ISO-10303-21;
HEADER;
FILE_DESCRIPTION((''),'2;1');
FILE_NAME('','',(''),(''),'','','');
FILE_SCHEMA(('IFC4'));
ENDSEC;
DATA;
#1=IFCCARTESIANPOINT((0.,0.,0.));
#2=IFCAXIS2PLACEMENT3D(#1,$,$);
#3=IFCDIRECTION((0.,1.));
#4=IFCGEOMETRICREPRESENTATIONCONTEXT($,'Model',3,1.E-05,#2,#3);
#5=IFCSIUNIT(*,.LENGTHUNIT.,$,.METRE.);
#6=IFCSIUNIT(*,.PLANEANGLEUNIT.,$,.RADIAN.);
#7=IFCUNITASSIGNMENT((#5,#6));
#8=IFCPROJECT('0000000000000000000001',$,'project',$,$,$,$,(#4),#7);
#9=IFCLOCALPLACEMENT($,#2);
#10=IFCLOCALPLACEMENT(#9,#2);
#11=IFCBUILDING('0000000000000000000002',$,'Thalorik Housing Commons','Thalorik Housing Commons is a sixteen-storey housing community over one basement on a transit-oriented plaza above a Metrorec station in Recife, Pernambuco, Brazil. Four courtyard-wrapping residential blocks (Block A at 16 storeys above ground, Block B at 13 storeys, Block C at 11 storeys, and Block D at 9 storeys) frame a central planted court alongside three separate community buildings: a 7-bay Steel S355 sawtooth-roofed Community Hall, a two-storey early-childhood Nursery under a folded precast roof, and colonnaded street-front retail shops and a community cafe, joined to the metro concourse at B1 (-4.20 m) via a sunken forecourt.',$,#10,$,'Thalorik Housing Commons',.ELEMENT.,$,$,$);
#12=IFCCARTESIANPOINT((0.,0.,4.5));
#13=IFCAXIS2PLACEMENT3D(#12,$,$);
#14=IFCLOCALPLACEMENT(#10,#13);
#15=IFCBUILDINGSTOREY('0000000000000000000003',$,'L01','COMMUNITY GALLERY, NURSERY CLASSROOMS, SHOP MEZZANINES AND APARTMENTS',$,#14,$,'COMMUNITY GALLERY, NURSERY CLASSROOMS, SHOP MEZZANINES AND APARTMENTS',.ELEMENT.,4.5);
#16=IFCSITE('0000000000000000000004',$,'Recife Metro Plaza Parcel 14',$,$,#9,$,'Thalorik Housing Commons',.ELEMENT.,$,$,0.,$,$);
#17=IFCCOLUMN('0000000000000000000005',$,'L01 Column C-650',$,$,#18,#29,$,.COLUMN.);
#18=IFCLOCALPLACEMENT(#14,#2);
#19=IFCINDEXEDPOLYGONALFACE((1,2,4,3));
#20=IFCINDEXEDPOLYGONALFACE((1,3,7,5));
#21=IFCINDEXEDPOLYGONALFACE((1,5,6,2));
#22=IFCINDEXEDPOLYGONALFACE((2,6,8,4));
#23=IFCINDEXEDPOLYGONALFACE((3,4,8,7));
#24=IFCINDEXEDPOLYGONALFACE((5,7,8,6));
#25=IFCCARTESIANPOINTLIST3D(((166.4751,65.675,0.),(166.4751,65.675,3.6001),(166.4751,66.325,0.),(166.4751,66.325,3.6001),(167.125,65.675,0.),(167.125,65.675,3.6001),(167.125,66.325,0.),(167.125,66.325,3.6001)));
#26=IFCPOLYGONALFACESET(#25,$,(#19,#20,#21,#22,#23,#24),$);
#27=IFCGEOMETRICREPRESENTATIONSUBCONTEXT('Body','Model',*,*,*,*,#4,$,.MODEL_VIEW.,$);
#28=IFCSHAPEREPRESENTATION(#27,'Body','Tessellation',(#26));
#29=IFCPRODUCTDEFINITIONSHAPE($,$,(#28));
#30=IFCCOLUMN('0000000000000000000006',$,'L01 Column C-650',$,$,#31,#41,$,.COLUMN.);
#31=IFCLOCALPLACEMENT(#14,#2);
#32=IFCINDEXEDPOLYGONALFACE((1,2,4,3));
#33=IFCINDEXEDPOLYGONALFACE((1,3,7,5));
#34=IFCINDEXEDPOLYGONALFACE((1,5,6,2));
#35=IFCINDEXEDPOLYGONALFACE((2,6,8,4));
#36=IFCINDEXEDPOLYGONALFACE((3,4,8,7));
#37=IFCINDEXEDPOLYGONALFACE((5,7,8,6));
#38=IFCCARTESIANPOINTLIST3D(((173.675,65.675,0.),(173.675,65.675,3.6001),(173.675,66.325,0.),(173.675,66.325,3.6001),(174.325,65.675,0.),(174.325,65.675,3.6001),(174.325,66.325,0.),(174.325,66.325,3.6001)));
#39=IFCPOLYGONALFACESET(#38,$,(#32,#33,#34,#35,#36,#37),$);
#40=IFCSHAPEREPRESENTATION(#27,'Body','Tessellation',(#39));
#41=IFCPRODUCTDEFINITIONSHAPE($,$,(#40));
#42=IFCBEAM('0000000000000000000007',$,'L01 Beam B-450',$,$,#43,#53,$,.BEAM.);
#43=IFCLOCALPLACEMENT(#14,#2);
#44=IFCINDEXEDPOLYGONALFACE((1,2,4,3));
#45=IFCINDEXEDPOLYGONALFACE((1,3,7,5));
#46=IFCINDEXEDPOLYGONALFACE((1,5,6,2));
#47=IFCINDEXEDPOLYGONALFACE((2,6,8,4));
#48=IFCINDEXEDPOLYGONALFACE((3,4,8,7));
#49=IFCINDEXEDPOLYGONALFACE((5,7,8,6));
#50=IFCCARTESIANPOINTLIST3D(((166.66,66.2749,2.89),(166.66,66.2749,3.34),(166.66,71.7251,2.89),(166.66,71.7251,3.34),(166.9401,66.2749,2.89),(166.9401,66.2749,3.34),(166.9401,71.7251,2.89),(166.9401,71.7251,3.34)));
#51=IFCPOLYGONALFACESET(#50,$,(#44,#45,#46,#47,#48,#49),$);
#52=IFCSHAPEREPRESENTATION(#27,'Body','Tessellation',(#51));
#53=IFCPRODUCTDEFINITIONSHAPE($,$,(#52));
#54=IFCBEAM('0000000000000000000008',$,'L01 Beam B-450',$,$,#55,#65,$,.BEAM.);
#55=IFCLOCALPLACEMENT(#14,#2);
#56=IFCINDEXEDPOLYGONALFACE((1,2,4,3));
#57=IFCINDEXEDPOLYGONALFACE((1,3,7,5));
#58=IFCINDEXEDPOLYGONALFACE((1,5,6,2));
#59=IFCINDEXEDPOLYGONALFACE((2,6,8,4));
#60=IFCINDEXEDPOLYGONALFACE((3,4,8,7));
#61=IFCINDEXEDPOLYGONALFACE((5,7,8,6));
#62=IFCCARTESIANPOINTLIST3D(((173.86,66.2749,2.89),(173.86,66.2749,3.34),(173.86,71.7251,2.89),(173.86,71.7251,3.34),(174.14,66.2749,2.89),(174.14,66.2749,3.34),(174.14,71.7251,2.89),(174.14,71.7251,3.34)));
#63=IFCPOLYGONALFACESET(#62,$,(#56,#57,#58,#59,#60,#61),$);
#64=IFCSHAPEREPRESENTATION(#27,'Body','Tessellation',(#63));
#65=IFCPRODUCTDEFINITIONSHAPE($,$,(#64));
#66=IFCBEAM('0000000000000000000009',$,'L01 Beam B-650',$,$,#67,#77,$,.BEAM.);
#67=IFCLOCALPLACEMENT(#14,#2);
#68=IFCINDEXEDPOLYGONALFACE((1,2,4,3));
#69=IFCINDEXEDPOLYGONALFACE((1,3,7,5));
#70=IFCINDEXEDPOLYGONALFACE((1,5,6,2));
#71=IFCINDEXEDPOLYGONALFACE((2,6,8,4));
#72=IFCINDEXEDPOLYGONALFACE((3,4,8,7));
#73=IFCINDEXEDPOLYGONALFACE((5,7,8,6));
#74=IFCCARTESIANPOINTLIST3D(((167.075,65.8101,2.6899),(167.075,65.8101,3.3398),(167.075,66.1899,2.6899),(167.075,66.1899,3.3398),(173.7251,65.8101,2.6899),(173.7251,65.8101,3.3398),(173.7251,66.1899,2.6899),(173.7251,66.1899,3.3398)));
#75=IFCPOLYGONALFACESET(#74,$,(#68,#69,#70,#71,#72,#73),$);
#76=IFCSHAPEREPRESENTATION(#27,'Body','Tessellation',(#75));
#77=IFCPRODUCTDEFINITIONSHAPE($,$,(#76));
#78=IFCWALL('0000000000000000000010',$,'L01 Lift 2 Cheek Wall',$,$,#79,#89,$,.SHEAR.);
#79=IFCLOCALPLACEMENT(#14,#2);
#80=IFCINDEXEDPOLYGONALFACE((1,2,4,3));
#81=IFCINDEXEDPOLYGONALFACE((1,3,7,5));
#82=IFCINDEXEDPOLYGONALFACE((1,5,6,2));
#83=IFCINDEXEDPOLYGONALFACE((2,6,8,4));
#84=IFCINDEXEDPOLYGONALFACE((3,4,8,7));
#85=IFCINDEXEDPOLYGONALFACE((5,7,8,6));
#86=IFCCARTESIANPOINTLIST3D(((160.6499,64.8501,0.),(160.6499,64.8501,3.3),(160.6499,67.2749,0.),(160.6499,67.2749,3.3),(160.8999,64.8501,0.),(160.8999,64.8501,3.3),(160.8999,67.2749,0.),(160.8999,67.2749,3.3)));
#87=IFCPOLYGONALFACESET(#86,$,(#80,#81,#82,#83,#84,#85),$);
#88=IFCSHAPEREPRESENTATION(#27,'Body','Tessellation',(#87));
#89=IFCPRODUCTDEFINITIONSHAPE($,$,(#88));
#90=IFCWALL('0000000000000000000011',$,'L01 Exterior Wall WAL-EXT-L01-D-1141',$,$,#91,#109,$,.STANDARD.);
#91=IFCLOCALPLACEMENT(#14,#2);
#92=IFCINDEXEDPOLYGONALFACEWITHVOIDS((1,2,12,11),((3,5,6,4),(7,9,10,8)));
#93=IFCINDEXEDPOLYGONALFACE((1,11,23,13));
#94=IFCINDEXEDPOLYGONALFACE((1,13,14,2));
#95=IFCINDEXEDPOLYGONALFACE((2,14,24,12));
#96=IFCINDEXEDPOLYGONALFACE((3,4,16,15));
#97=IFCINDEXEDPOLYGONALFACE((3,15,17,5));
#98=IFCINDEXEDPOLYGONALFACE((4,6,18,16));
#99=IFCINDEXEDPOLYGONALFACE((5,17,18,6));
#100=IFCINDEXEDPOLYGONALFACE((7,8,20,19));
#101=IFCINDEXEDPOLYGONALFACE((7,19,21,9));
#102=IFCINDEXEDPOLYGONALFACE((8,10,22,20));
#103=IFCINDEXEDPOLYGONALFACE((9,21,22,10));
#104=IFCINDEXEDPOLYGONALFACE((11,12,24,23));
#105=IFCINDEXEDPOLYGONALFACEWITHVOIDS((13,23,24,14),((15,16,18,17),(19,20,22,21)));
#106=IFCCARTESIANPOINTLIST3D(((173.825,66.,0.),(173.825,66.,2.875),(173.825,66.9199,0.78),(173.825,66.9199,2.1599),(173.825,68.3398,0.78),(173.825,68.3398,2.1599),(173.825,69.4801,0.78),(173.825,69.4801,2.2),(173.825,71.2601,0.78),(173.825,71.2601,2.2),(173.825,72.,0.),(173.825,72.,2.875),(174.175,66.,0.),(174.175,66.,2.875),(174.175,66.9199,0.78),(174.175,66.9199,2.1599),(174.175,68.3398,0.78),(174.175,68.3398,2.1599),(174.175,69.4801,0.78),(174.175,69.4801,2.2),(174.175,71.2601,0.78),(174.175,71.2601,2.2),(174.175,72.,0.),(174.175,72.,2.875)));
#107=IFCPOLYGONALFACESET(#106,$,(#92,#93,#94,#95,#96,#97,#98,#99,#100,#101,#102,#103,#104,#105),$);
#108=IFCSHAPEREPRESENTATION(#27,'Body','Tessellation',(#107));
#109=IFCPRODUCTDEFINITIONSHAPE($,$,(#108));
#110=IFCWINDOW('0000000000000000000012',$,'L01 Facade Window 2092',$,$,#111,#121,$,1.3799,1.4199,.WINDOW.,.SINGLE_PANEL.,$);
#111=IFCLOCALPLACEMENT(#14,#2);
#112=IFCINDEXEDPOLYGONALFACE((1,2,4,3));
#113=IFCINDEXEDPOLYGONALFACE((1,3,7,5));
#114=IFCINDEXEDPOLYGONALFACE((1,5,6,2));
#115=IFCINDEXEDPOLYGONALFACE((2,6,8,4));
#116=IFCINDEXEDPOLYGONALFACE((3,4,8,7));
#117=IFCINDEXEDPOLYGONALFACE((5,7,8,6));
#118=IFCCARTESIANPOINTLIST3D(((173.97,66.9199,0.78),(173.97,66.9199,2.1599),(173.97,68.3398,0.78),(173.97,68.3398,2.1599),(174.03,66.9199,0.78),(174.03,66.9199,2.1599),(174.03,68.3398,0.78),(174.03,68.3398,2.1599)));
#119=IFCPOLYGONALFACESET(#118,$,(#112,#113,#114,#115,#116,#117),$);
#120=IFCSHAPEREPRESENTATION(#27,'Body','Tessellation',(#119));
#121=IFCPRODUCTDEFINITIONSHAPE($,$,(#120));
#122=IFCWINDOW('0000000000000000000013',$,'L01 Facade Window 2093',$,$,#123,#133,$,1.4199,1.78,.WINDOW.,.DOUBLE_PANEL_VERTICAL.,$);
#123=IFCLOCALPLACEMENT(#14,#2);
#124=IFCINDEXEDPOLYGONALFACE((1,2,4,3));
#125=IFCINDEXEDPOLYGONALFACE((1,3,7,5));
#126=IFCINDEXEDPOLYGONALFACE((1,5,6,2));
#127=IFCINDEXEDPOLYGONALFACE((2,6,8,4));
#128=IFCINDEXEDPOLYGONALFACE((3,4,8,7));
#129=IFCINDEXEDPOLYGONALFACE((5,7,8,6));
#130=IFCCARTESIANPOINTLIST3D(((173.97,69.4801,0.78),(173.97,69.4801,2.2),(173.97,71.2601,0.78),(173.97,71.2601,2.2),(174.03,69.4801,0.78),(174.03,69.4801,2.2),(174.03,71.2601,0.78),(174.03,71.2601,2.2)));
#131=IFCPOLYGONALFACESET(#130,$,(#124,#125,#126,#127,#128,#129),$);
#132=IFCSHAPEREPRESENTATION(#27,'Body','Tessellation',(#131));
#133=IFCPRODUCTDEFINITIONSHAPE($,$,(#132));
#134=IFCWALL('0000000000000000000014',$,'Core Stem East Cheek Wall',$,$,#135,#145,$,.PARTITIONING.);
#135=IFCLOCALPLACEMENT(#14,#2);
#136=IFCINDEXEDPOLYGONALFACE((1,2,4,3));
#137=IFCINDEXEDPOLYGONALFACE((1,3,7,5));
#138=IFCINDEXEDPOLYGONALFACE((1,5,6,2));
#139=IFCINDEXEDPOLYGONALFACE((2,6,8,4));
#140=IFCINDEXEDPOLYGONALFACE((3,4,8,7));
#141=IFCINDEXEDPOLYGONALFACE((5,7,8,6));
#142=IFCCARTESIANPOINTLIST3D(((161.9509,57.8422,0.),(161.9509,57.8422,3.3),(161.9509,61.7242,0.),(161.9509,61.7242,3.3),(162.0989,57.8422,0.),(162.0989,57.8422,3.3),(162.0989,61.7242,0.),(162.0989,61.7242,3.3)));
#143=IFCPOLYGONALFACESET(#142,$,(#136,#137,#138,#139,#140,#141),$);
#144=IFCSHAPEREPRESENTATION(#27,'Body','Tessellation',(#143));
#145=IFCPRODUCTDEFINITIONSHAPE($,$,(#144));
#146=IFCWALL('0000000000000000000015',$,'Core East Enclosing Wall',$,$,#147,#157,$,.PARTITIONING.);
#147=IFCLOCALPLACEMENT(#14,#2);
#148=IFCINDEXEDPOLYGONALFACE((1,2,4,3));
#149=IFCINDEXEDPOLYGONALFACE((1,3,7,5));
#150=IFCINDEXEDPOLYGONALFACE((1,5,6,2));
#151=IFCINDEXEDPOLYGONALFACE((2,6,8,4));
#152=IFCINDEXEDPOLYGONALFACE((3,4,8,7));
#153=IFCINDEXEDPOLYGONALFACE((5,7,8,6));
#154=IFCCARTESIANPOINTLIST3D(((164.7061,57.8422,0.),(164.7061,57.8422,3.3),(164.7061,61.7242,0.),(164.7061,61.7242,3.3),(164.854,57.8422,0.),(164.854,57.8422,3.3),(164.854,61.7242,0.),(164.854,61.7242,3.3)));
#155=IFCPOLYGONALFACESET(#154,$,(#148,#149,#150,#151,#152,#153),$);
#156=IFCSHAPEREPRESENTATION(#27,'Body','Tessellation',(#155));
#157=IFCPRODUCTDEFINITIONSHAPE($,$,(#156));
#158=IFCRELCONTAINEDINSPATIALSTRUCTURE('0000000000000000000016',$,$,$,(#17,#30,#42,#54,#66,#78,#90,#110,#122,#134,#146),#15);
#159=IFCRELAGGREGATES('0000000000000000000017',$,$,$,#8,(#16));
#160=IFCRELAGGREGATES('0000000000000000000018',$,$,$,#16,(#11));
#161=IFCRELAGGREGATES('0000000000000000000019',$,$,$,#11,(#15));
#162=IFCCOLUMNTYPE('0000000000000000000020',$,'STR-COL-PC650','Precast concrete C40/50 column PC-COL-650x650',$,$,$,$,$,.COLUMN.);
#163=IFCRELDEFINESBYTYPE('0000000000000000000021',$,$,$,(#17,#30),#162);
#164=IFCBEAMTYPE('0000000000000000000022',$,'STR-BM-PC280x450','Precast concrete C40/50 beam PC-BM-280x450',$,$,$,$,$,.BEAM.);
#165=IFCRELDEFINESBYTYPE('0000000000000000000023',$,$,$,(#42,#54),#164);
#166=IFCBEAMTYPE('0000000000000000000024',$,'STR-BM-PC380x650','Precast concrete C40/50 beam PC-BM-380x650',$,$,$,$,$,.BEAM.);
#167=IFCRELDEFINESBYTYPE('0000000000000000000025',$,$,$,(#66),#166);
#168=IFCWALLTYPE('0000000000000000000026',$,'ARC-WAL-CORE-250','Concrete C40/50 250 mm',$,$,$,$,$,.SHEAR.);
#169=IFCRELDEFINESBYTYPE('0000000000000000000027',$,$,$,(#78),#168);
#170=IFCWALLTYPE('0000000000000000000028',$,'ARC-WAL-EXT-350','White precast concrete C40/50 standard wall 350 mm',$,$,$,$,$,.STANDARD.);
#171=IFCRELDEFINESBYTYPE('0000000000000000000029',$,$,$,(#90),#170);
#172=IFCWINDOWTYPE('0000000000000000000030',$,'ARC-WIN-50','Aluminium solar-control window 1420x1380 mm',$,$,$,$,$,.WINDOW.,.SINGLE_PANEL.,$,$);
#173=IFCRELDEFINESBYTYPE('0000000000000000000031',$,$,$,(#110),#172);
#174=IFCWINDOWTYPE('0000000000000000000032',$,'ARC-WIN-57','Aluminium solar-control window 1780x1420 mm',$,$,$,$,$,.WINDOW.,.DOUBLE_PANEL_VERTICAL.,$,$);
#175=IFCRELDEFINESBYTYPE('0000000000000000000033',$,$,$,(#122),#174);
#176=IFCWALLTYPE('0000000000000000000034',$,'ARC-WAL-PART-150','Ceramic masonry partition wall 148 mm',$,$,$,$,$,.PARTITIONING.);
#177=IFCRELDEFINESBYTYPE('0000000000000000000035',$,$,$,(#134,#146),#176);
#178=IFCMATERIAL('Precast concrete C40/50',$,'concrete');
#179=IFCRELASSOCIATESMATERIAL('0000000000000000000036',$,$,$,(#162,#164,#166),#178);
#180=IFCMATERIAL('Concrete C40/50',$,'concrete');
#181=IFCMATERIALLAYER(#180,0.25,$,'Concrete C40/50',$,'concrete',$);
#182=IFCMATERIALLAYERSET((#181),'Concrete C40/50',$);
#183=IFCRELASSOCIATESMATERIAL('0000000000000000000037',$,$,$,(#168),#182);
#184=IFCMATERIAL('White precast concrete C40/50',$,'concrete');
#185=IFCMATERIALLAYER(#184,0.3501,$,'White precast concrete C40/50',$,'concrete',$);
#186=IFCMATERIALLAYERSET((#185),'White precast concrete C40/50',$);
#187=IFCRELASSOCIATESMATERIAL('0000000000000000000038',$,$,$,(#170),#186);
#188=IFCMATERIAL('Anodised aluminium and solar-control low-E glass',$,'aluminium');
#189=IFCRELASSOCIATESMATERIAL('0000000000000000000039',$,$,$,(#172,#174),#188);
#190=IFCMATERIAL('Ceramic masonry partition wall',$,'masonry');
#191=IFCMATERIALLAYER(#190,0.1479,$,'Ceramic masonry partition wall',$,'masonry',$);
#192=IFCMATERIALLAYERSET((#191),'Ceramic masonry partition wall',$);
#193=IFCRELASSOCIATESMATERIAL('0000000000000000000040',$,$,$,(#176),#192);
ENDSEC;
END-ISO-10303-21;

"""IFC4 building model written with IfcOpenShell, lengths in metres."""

from ifc_helpers import new_model, si_unit, direction, frame, frame_2d, origin, origin_2d, place, context, subcontext, project, spatial, rectangle, extrude, material, layer, layer_set, material_profile, profile_set, type_object, element, fill, save


model = new_model("IFC4")

# Units and contexts
model_context = context("Model", 3, precision=1e-05, world=origin(), true_north=direction((0.0, 1.0)))
body_context = subcontext(model_context, "Body", "Model", "MODEL_VIEW")
ifc_project = project(units=[si_unit("LENGTHUNIT", "METRE"), si_unit("PLANEANGLEUNIT", "RADIAN")], contexts=[model_context])

# Site, building, storey
site_placement = place(None, origin())
site = spatial("IfcSite", under=ifc_project, at=site_placement, Name="Recife Metro Plaza Parcel 14", LongName="Thalorik Housing Commons", CompositionType="ELEMENT", RefElevation=0.0)
building_placement = place(site_placement, origin())
building = spatial("IfcBuilding", under=site, at=building_placement, Name="Thalorik Housing Commons", Description="Thalorik Housing Commons is a sixteen-storey housing community over one basement on a transit-oriented plaza above a Metrorec station in Recife, Pernambuco, Brazil. Four courtyard-wrapping residential blocks (Block A at 16 storeys above ground, Block B at 13 storeys, Block C at 11 storeys, and Block D at 9 storeys) frame a central planted court alongside three separate community buildings: a 7-bay Steel S355 sawtooth-roofed Community Hall, a two-storey early-childhood Nursery under a folded precast roof, and colonnaded street-front retail shops and a community cafe, joined to the metro concourse at B1 (-4.20 m) via a sunken forecourt.", LongName="Thalorik Housing Commons", CompositionType="ELEMENT")
storey_placement = place(building_placement, frame((0.0, 0.0, 4.5)))
storey = spatial("IfcBuildingStorey", under=building, at=storey_placement, Name="L01", Description="COMMUNITY GALLERY, NURSERY CLASSROOMS, SHOP MEZZANINES AND APARTMENTS", LongName="COMMUNITY GALLERY, NURSERY CLASSROOMS, SHOP MEZZANINES AND APARTMENTS", CompositionType="ELEMENT", Elevation=4.5)

# Columns
ifc_material_1 = material(Name="Precast concrete C40/50", Category="concrete")
ifc_material_profile_1 = material_profile(ifc_material_1, rectangle(XDim=0.6499, YDim=0.6499, at=origin_2d()), Name="PC 650x650", Category="concrete")
ifc_profile_set_1 = profile_set([ifc_material_profile_1], Name="Precast concrete C40/50")
column_type = type_object("IfcColumnType", Name="STR-COL-PC650", Description="Precast concrete C40/50 column PC-COL-650x650", PredefinedType="COLUMN", material=ifc_profile_set_1)
for number, where, z_axis, x_axis, name in (
    (1, (166.8, 66.0, 0.0), (0.0, 0.0, 1.0), (1.0, 0.0, 0.0), "L01 Column C-650"),
    (2, (174.0, 66.0, 0.0), (0.0, 0.0, 1.0), (1.0, 0.0, 0.0), "L01 Column C-650"),
):
    element("IfcColumn", number, at=place(storey_placement, frame(where, z_axis=z_axis, x_axis=x_axis)), inside=storey, type_object=column_type, Name=name, PredefinedType="COLUMN", context=body_context, shape_type="SweptSolid", body=[
        extrude(rectangle(XDim=0.6499, YDim=0.6499, at=origin_2d()), origin(), (0.0, 0.0, 1.0), 3.6001),
    ])

# Beams
ifc_material_profile_2 = material_profile(ifc_material_1, rectangle(XDim=0.28, YDim=0.45, at=origin_2d()), Name="PC 280x450", Category="concrete")
ifc_profile_set_2 = profile_set([ifc_material_profile_2], Name="Precast concrete C40/50")
beam_type_1 = type_object("IfcBeamType", Name="STR-BM-PC280x450", Description="Precast concrete C40/50 beam PC-BM-280x450", PredefinedType="BEAM", material=ifc_profile_set_2)
for number, where, z_axis, x_axis, name in (
    (3, (166.8, 66.2749, 3.115), (0.0, 1.0, 0.0), (-1.0, 0.0, 0.0), "L01 Beam B-450"),
    (4, (174.0, 66.2749, 3.115), (0.0, 1.0, 0.0), (-1.0, 0.0, 0.0), "L01 Beam B-450"),
):
    element("IfcBeam", number, at=place(storey_placement, frame(where, z_axis=z_axis, x_axis=x_axis)), inside=storey, type_object=beam_type_1, Name=name, PredefinedType="BEAM", context=body_context, shape_type="SweptSolid", body=[
        extrude(rectangle(XDim=0.28, YDim=0.45, at=origin_2d()), origin(), (0.0, 0.0, 1.0), 5.4502),
    ])
ifc_material_profile_3 = material_profile(ifc_material_1, rectangle(XDim=0.3799, YDim=0.6499, at=origin_2d()), Name="PC 380x650", Category="concrete")
ifc_profile_set_3 = profile_set([ifc_material_profile_3], Name="Precast concrete C40/50")
beam_type_2 = type_object("IfcBeamType", Name="STR-BM-PC380x650", Description="Precast concrete C40/50 beam PC-BM-380x650", PredefinedType="BEAM", material=ifc_profile_set_3)
beam_placement = place(storey_placement, frame((167.075, 66.0, 3.0149), z_axis=(1.0, 0.0, 0.0), x_axis=(0.0, 1.0, 0.0)))
element("IfcBeam", 5, at=beam_placement, inside=storey, type_object=beam_type_2, Name="L01 Beam B-650", PredefinedType="BEAM", context=body_context, shape_type="SweptSolid", body=[
    extrude(rectangle(XDim=0.3799, YDim=0.6499, at=origin_2d()), origin(), (0.0, 0.0, 1.0), 6.6501),
])

# Shared definitions
ifc_material_2 = material(Name="Concrete C40/50", Category="concrete")
ifc_layer_1 = layer(ifc_material_2, 0.25, Name="Concrete C40/50", Category="concrete")
ifc_layer_set_1 = layer_set([ifc_layer_1], Name="Concrete C40/50")
wall_type_1 = type_object("IfcWallType", Name="ARC-WAL-CORE-250", Description="Concrete C40/50 250 mm", PredefinedType="SHEAR", material=ifc_layer_set_1)

# Wall
wall_1_placement = place(storey_placement, frame((160.7749, 67.2749, 0.0), z_axis=(0.0, 0.0, 1.0), x_axis=(0.0, -1.0, 0.0)))
element("IfcWall", 6, at=wall_1_placement, inside=storey, type_object=wall_type_1, Name="L01 Lift 2 Cheek Wall", PredefinedType="SHEAR", context=body_context, shape_type="SweptSolid", body=[
    extrude(rectangle(XDim=2.4248, YDim=0.25, at=frame_2d((1.2124, 0.0))), origin(), (0.0, 0.0, 1.0), 3.3),
])

# Wall, openings, windows
ifc_material_3 = material(Name="White precast concrete C40/50", Category="concrete")
ifc_layer_2 = layer(ifc_material_3, 0.3501, Name="White precast concrete C40/50", Category="concrete")
ifc_layer_set_2 = layer_set([ifc_layer_2], Name="White precast concrete C40/50")
wall_type_2 = type_object("IfcWallType", Name="ARC-WAL-EXT-350", Description="White precast concrete C40/50 standard wall 350 mm", PredefinedType="STANDARD", material=ifc_layer_set_2)
wall_2_placement = place(storey_placement, frame((174.0, 66.0, 0.0), z_axis=(0.0, 0.0, 1.0), x_axis=(0.0, 1.0, 0.0)))
wall_2 = element("IfcWall", 7, at=wall_2_placement, inside=storey, type_object=wall_type_2, Name="L01 Exterior Wall WAL-EXT-L01-D-1141", PredefinedType="STANDARD", context=body_context, shape_type="SweptSolid", body=[
    extrude(rectangle(XDim=6.0, YDim=0.3501, at=frame_2d((3.0, 0.0))), origin(), (0.0, 0.0, 1.0), 2.875),
])
opening_1_placement = place(wall_2_placement, frame((0.9199, 0.0, 0.78)))
opening_1 = element("IfcOpeningElement", 8, at=opening_1_placement, cuts=wall_2, PredefinedType="OPENING", context=body_context, shape_type="SweptSolid", body=[
    extrude(rectangle(XDim=1.4199, YDim=1.3799, at=frame_2d((0.71, 0.6899))), frame((0.0, 0.1851, 0.0), z_axis=(0.0, -1.0, 0.0), x_axis=(1.0, 0.0, 0.0)), (0.0, 0.0, 1.0), 0.3701),
])
opening_2_placement = place(wall_2_placement, frame((3.48, 0.0, 0.78)))
opening_2 = element("IfcOpeningElement", 9, at=opening_2_placement, cuts=wall_2, PredefinedType="OPENING", context=body_context, shape_type="SweptSolid", body=[
    extrude(rectangle(XDim=1.78, YDim=1.4199, at=frame_2d((0.8901, 0.71))), frame((0.0, 0.1851, 0.0), z_axis=(0.0, -1.0, 0.0), x_axis=(1.0, 0.0, 0.0)), (0.0, 0.0, 1.0), 0.3701),
])
ifc_material_4 = material(Name="Anodised aluminium and solar-control low-E glass", Category="aluminium")
window_type_1 = type_object("IfcWindowType", Name="ARC-WIN-50", Description="Aluminium solar-control window 1420x1380 mm", PartitioningType="SINGLE_PANEL", PredefinedType="WINDOW", material=ifc_material_4)
window_1_placement = place(opening_1_placement, origin())
window_1 = element("IfcWindow", 10, at=window_1_placement, inside=storey, type_object=window_type_1, Name="L01 Facade Window 2092", OverallHeight=1.3799, OverallWidth=1.4199, PartitioningType="SINGLE_PANEL", PredefinedType="WINDOW", context=body_context, shape_type="SweptSolid", body=[
    extrude(rectangle(XDim=1.4199, YDim=1.3799, at=frame_2d((0.71, 0.6899))), frame((0.0, 0.03, 0.0), z_axis=(0.0, -1.0, 0.0), x_axis=(1.0, 0.0, 0.0)), (0.0, 0.0, 1.0), 0.0601),
])
fill(opening_1, window_1)
window_type_2 = type_object("IfcWindowType", Name="ARC-WIN-57", Description="Aluminium solar-control window 1780x1420 mm", PartitioningType="DOUBLE_PANEL_VERTICAL", PredefinedType="WINDOW", material=ifc_material_4)
window_2_placement = place(opening_2_placement, origin())
window_2 = element("IfcWindow", 11, at=window_2_placement, inside=storey, type_object=window_type_2, Name="L01 Facade Window 2093", OverallHeight=1.4199, OverallWidth=1.78, PartitioningType="DOUBLE_PANEL_VERTICAL", PredefinedType="WINDOW", context=body_context, shape_type="SweptSolid", body=[
    extrude(rectangle(XDim=1.78, YDim=1.4199, at=frame_2d((0.8901, 0.71))), frame((0.0, 0.03, 0.0), z_axis=(0.0, -1.0, 0.0), x_axis=(1.0, 0.0, 0.0)), (0.0, 0.0, 1.0), 0.0601),
])
fill(opening_2, window_2)

# Walls
ifc_material_5 = material(Name="Ceramic masonry partition wall", Category="masonry")
ifc_layer_3 = layer(ifc_material_5, 0.1479, Name="Ceramic masonry partition wall", Category="masonry")
ifc_layer_set_3 = layer_set([ifc_layer_3], Name="Ceramic masonry partition wall")
wall_type_3 = type_object("IfcWallType", Name="ARC-WAL-PART-150", Description="Ceramic masonry partition wall 148 mm", PredefinedType="PARTITIONING", material=ifc_layer_set_3)
for number, where, z_axis, x_axis, name in (
    (12, (162.0249, 61.7241, 0.0), (0.0, 0.0, 1.0), (0.0, -1.0, 0.0), "Core Stem East Cheek Wall"),
    (13, (164.78, 61.7241, 0.0), (0.0, 0.0, 1.0), (0.0, -1.0, 0.0), "Core East Enclosing Wall"),
):
    element("IfcWall", number, at=place(storey_placement, frame(where, z_axis=z_axis, x_axis=x_axis)), inside=storey, type_object=wall_type_3, Name=name, PredefinedType="PARTITIONING", context=body_context, shape_type="SweptSolid", body=[
        extrude(rectangle(XDim=3.8821, YDim=0.1479, at=frame_2d((1.9409, 0.0))), origin(), (0.0, 0.0, 1.0), 3.3),
    ])

save(model, "model.ifc")
